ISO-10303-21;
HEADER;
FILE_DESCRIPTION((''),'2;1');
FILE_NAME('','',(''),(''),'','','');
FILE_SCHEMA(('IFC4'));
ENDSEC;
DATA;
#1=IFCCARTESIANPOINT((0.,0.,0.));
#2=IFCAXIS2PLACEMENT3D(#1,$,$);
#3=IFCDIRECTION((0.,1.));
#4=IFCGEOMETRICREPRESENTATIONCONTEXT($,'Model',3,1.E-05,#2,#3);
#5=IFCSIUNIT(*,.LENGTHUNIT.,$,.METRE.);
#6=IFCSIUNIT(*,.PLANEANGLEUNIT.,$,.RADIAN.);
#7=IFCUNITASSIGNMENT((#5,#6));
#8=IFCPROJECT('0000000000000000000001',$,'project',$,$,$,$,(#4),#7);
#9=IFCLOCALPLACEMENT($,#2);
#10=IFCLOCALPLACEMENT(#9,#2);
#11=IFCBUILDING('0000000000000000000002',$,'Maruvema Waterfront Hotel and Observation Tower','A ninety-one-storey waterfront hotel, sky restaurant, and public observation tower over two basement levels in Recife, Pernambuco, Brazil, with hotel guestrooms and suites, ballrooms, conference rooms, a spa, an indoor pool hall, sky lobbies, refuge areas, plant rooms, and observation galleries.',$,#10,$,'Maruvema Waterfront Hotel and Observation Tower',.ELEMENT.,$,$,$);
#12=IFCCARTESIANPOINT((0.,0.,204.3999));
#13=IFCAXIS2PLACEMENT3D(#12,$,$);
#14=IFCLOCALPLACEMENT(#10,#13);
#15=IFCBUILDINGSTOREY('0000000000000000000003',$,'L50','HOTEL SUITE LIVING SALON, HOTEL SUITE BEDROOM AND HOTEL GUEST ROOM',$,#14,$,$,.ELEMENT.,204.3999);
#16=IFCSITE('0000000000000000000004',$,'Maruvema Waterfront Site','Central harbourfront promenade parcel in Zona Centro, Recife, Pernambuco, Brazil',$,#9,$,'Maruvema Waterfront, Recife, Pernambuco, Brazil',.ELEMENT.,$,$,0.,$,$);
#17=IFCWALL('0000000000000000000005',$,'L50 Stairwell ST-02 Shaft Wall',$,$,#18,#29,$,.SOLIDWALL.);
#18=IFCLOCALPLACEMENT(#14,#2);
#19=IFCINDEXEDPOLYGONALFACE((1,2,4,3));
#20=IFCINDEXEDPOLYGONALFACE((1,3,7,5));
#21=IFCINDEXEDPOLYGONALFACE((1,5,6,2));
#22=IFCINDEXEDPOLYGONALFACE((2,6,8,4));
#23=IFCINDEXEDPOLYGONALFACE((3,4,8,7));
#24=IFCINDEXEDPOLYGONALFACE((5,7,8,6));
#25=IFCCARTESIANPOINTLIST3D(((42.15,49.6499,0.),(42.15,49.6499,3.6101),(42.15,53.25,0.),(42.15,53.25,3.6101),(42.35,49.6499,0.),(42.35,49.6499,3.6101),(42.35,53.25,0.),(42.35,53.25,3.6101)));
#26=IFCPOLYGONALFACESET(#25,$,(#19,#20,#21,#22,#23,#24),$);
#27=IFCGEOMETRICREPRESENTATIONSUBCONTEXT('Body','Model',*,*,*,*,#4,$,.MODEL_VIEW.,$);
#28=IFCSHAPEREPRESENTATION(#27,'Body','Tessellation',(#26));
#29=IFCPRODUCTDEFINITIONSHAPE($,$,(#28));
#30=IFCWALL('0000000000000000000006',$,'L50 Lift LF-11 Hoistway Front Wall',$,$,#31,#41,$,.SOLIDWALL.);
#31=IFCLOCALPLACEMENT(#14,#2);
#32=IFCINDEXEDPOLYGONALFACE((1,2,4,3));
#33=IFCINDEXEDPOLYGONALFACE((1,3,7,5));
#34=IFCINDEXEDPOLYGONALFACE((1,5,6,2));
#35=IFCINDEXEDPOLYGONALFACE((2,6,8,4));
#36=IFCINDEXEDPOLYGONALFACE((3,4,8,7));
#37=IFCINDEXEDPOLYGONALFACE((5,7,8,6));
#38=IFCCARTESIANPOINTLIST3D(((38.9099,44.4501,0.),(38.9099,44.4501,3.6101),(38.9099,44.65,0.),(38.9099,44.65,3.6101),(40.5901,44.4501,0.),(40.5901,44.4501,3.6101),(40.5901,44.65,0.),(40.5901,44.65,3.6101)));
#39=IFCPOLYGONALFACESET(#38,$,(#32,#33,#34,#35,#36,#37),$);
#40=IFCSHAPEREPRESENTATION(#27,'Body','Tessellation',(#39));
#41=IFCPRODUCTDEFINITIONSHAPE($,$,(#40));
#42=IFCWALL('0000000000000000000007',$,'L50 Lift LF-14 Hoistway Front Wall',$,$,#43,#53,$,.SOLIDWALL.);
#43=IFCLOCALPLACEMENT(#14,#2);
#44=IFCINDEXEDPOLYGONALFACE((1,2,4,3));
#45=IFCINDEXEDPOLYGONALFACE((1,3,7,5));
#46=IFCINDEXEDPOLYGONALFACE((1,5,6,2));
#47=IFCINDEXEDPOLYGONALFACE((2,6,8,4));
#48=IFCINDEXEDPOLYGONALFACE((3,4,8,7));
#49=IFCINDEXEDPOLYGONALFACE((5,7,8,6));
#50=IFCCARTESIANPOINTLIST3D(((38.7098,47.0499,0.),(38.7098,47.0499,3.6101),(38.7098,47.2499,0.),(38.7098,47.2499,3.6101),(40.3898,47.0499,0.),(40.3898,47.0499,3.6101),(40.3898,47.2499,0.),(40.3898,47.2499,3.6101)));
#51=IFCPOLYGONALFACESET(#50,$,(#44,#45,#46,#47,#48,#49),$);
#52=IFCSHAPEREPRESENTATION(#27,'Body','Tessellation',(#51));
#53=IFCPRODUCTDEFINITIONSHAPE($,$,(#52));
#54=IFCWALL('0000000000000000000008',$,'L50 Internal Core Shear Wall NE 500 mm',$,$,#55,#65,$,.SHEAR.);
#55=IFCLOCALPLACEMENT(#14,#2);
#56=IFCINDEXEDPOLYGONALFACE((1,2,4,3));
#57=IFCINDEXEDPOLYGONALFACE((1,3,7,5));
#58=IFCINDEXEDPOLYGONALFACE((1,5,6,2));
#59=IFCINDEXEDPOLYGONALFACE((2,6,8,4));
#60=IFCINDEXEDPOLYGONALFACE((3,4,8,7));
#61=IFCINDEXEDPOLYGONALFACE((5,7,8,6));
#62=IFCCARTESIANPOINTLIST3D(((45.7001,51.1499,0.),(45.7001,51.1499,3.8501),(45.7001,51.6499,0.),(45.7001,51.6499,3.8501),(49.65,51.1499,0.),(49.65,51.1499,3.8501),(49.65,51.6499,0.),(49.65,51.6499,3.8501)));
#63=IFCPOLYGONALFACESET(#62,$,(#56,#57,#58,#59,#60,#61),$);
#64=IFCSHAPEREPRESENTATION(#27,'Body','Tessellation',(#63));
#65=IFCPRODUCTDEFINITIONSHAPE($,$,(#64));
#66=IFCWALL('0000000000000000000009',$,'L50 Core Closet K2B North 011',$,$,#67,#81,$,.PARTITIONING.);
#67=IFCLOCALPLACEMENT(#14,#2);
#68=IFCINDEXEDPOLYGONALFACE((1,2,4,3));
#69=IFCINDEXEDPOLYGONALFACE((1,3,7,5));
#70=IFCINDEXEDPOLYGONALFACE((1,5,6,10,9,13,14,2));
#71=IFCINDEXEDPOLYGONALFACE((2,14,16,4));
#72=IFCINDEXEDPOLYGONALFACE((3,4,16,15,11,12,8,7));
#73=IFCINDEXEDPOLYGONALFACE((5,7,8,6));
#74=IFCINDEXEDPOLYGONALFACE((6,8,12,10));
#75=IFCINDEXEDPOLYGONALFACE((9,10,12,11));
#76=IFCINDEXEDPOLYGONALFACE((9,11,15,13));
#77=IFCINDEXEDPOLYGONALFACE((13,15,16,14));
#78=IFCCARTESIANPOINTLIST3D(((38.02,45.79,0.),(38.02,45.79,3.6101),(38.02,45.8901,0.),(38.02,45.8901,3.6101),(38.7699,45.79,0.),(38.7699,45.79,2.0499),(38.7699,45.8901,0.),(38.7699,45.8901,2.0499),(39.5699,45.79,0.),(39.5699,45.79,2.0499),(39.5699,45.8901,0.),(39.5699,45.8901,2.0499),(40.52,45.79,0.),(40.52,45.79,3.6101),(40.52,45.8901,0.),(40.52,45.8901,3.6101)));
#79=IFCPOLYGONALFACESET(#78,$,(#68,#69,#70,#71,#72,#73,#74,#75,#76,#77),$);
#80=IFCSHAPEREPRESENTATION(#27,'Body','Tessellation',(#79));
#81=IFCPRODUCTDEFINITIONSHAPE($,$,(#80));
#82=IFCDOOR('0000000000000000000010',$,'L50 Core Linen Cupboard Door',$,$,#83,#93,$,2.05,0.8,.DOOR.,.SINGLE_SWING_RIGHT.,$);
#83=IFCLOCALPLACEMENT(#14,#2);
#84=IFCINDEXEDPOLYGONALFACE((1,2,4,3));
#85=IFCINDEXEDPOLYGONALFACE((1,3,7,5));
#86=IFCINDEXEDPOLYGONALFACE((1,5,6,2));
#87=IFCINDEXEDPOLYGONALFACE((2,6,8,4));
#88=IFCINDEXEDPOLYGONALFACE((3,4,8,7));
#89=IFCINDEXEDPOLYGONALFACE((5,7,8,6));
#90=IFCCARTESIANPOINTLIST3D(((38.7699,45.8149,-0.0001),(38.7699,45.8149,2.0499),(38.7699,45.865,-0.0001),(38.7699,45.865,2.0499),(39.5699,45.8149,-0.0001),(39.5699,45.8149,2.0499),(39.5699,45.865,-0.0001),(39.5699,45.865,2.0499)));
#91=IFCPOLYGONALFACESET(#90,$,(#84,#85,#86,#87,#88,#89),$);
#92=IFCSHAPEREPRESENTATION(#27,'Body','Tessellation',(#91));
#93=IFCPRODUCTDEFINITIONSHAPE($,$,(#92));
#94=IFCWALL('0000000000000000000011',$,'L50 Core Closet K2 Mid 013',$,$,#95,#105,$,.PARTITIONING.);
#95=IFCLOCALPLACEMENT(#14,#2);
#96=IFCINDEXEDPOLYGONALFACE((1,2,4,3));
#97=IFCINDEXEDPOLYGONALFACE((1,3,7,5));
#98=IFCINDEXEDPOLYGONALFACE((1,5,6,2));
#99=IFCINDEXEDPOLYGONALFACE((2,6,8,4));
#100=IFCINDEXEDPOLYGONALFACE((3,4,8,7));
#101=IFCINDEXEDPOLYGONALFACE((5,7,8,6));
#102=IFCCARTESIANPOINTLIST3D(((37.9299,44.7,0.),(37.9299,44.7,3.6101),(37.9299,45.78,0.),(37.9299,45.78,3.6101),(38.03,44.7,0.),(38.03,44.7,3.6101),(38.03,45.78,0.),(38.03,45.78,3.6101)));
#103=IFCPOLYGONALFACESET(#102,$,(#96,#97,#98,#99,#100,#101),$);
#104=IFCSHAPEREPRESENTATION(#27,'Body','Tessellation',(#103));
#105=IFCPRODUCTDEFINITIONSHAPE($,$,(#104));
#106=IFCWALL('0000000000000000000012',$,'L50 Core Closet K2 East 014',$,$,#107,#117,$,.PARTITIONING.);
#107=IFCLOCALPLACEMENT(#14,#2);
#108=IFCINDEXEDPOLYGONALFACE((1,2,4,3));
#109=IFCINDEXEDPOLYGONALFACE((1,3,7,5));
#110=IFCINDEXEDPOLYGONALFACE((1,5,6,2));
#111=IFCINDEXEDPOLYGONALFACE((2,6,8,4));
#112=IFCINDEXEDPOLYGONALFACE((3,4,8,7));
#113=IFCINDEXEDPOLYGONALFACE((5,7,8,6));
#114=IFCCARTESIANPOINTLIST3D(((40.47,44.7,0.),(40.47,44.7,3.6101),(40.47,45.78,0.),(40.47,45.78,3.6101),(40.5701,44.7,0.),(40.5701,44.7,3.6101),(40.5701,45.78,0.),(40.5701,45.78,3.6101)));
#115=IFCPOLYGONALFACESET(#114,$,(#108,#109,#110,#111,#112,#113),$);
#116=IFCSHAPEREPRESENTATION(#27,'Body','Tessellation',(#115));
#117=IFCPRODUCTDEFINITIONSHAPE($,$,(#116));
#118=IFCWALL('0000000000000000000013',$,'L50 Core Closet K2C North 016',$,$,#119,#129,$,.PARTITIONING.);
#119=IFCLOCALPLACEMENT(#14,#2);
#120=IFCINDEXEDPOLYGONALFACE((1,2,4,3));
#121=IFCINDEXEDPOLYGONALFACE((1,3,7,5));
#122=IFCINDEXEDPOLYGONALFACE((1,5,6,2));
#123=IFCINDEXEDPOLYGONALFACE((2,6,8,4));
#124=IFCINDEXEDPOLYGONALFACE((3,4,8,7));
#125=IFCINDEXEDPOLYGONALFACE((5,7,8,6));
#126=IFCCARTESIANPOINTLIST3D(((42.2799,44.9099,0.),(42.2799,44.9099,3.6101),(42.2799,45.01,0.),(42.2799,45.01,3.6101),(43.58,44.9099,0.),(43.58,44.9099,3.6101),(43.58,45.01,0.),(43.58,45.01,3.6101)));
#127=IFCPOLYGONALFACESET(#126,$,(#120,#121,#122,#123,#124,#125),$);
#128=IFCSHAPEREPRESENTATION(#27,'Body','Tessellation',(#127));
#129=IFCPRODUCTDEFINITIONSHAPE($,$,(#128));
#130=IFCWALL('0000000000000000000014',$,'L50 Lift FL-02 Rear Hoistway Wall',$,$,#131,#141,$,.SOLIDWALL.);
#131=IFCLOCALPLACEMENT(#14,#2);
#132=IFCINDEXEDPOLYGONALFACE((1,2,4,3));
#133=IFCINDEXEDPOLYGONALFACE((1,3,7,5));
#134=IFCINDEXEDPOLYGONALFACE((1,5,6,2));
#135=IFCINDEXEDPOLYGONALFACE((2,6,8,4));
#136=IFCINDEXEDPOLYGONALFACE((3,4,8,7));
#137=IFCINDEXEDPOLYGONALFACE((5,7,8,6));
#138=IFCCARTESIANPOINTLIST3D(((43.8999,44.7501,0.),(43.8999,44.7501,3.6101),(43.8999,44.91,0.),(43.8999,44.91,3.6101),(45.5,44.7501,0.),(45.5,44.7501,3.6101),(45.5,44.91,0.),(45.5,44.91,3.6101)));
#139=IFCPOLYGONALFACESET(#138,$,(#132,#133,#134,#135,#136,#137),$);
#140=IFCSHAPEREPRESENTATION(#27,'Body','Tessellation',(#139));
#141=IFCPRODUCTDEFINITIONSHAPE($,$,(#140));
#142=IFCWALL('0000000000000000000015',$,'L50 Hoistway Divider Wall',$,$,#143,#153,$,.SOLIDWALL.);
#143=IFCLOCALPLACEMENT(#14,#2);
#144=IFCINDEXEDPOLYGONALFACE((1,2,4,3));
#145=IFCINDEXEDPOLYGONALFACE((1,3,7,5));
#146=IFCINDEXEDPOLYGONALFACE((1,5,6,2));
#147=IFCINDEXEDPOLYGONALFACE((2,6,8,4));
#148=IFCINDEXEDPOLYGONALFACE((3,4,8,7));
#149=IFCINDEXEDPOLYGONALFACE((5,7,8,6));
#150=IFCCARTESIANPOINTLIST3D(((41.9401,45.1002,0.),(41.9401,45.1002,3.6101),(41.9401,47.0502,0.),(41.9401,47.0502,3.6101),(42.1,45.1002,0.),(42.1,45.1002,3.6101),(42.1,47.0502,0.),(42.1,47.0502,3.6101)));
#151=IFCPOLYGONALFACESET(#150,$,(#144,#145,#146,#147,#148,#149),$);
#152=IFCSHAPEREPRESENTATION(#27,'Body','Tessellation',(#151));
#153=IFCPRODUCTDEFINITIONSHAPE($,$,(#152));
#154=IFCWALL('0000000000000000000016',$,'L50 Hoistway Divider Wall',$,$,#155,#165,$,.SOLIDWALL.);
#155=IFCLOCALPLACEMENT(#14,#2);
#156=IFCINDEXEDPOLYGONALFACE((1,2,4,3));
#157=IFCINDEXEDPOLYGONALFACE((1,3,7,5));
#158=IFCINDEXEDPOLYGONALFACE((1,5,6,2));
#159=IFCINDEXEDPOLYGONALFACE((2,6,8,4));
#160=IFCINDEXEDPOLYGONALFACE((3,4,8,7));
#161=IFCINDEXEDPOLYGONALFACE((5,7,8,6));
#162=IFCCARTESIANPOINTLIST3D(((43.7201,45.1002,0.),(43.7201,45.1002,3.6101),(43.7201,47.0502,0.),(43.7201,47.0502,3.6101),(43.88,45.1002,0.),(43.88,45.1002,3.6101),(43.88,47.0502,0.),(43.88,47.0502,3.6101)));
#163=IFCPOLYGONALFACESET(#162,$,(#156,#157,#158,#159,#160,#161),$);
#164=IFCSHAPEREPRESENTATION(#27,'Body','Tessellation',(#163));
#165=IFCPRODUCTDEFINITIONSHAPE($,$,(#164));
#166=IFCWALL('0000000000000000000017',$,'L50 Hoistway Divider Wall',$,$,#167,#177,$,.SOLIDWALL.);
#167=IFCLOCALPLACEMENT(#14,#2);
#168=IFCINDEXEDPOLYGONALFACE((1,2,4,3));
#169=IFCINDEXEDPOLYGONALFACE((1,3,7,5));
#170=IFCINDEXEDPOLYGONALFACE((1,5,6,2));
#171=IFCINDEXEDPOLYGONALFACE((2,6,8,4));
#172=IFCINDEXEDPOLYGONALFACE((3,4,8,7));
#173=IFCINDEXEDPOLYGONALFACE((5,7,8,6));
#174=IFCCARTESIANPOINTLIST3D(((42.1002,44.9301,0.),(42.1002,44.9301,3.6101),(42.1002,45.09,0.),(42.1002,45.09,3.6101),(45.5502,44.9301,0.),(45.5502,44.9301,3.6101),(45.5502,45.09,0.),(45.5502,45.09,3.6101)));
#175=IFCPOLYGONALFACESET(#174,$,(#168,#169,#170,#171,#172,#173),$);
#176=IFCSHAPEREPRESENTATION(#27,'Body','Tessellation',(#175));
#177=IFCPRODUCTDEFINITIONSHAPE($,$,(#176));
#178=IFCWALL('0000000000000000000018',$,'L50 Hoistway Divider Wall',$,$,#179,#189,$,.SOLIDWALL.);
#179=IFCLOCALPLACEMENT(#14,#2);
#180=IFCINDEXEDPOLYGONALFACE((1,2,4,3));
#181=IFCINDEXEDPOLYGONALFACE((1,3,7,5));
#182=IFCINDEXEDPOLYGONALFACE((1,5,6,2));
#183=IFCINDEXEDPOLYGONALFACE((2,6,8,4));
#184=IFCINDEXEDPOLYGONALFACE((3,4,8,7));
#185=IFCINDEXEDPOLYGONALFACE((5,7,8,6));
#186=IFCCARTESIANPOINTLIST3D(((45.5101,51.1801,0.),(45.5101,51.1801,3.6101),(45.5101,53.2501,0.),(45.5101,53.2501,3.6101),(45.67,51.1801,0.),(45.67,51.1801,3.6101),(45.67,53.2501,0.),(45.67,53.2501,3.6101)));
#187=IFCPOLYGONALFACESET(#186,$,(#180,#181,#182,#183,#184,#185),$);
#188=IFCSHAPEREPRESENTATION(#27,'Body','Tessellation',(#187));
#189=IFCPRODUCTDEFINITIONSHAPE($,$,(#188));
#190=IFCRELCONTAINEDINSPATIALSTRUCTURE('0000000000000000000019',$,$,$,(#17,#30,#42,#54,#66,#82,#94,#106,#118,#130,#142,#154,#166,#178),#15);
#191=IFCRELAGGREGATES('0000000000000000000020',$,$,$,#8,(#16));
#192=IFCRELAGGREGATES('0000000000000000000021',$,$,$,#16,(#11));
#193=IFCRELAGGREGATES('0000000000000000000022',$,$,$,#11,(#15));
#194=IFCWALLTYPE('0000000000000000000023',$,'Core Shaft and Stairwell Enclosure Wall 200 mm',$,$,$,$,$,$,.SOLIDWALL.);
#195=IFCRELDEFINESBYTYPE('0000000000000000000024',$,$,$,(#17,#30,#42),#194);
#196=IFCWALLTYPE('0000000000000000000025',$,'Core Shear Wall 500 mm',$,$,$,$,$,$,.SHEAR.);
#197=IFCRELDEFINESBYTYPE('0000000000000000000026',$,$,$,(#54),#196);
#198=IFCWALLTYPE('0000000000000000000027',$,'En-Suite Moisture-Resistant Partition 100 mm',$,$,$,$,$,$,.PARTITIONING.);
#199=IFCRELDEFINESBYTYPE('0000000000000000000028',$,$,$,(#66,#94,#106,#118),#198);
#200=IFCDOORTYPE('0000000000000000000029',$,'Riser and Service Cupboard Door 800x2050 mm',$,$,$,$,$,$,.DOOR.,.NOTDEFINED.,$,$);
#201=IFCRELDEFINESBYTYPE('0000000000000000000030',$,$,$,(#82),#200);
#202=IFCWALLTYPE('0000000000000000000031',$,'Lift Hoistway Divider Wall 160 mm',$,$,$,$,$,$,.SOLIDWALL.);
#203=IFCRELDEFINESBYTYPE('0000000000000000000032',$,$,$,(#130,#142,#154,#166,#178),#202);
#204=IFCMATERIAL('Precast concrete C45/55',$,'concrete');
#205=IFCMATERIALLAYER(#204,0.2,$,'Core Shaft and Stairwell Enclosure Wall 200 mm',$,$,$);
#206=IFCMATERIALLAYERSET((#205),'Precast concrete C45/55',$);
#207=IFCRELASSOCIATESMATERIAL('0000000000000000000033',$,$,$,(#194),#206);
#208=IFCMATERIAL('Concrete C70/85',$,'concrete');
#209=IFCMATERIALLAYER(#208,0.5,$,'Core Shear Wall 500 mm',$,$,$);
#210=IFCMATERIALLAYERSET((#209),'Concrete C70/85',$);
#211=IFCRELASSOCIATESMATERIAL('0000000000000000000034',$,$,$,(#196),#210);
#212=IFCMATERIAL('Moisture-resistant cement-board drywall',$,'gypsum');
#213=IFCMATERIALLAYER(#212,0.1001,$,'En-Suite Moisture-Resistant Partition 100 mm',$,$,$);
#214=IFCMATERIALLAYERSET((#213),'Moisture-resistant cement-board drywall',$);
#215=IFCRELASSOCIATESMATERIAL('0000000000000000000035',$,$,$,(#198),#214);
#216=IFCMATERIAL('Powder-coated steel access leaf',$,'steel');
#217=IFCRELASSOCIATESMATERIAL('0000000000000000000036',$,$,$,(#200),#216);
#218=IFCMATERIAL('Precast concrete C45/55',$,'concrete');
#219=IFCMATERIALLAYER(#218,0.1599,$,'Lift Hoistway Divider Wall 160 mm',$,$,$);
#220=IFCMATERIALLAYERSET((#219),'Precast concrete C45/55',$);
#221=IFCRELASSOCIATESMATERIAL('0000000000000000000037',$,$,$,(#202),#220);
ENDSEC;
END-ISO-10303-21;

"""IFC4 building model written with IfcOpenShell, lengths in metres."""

from ifc_helpers import new_model, si_unit, direction, frame, frame_2d, origin, place, context, subcontext, project, spatial, rectangle, extrude, material, layer, layer_set, type_object, element, fill, save


model = new_model("IFC4")

# Units and contexts
model_context = context("Model", 3, precision=1e-05, world=origin(), true_north=direction((0.0, 1.0)))
body_context = subcontext(model_context, "Body", "Model", "MODEL_VIEW")
ifc_project = project(units=[si_unit("LENGTHUNIT", "METRE"), si_unit("PLANEANGLEUNIT", "RADIAN")], contexts=[model_context])

# Site, building, storey
site_placement = place(None, origin())
site = spatial("IfcSite", under=ifc_project, at=site_placement, Name="Maruvema Waterfront Site", Description="Central harbourfront promenade parcel in Zona Centro, Recife, Pernambuco, Brazil", LongName="Maruvema Waterfront, Recife, Pernambuco, Brazil", CompositionType="ELEMENT", RefElevation=0.0)
building_placement = place(site_placement, origin())
building = spatial("IfcBuilding", under=site, at=building_placement, Name="Maruvema Waterfront Hotel and Observation Tower", Description="A ninety-one-storey waterfront hotel, sky restaurant, and public observation tower over two basement levels in Recife, Pernambuco, Brazil, with hotel guestrooms and suites, ballrooms, conference rooms, a spa, an indoor pool hall, sky lobbies, refuge areas, plant rooms, and observation galleries.", LongName="Maruvema Waterfront Hotel and Observation Tower", CompositionType="ELEMENT")
storey_placement = place(building_placement, frame((0.0, 0.0, 204.3999)))
storey = spatial("IfcBuildingStorey", under=building, at=storey_placement, Name="L50", Description="HOTEL SUITE LIVING SALON, HOTEL SUITE BEDROOM AND HOTEL GUEST ROOM", CompositionType="ELEMENT", Elevation=204.3999)

# Wall
ifc_material_1 = material(Name="Precast concrete C45/55", Category="concrete")
ifc_layer_1 = layer(ifc_material_1, 0.2, Name="Core Shaft and Stairwell Enclosure Wall 200 mm")
ifc_layer_set_1 = layer_set([ifc_layer_1], Name="Precast concrete C45/55")
wall_type_1 = type_object("IfcWallType", Name="Core Shaft and Stairwell Enclosure Wall 200 mm", PredefinedType="SOLIDWALL", material=ifc_layer_set_1)
wall_1_placement = place(storey_placement, frame((42.25, 49.6499, 0.0), z_axis=(0.0, 0.0, 1.0), x_axis=(0.0, 1.0, 0.0)))
element("IfcWall", 1, at=wall_1_placement, inside=storey, type_object=wall_type_1, Name="L50 Stairwell ST-02 Shaft Wall", PredefinedType="SOLIDWALL", context=body_context, shape_type="SweptSolid", body=[
    extrude(rectangle(XDim=3.6001, YDim=0.2, at=frame_2d((1.8, 0.0))), origin(), (0.0, 0.0, 1.0), 3.6101),
])

# Walls
wall_2_placement = place(storey_placement, frame((38.9099, 44.55, 0.0), z_axis=(0.0, 0.0, 1.0), x_axis=(1.0, 0.0, 0.0)))
element("IfcWall", 2, at=wall_2_placement, inside=storey, type_object=wall_type_1, Name="L50 Lift LF-11 Hoistway Front Wall", PredefinedType="SOLIDWALL", context=body_context, shape_type="SweptSolid", body=[
    extrude(rectangle(XDim=1.6802, YDim=0.2, at=frame_2d((0.8401, 0.0))), origin(), (0.0, 0.0, 1.0), 3.6101),
])
wall_3_placement = place(storey_placement, frame((38.71, 47.1499, 0.0), z_axis=(0.0, 0.0, 1.0), x_axis=(1.0, 0.0, 0.0)))
element("IfcWall", 3, at=wall_3_placement, inside=storey, type_object=wall_type_1, Name="L50 Lift LF-14 Hoistway Front Wall", PredefinedType="SOLIDWALL", context=body_context, shape_type="SweptSolid", body=[
    extrude(rectangle(XDim=1.6799, YDim=0.2, at=frame_2d((0.8398, 0.0))), origin(), (0.0, 0.0, 1.0), 3.6101),
])
ifc_material_2 = material(Name="Concrete C70/85", Category="concrete")
ifc_layer_2 = layer(ifc_material_2, 0.5, Name="Core Shear Wall 500 mm")
ifc_layer_set_2 = layer_set([ifc_layer_2], Name="Concrete C70/85")
wall_type_2 = type_object("IfcWallType", Name="Core Shear Wall 500 mm", PredefinedType="SHEAR", material=ifc_layer_set_2)
wall_4_placement = place(storey_placement, frame((45.7, 51.3999, 0.0), z_axis=(0.0, 0.0, 1.0), x_axis=(1.0, 0.0, 0.0)))
element("IfcWall", 4, at=wall_4_placement, inside=storey, type_object=wall_type_2, Name="L50 Internal Core Shear Wall NE 500 mm", PredefinedType="SHEAR", context=body_context, shape_type="SweptSolid", body=[
    extrude(rectangle(XDim=3.95, YDim=0.5, at=frame_2d((1.9751, 0.0))), origin(), (0.0, 0.0, 1.0), 3.8501),
])

# Wall, opening, door
ifc_material_3 = material(Name="Moisture-resistant cement-board drywall", Category="gypsum")
ifc_layer_3 = layer(ifc_material_3, 0.1001, Name="En-Suite Moisture-Resistant Partition 100 mm")
ifc_layer_set_3 = layer_set([ifc_layer_3], Name="Moisture-resistant cement-board drywall")
wall_type_3 = type_object("IfcWallType", Name="En-Suite Moisture-Resistant Partition 100 mm", PredefinedType="PARTITIONING", material=ifc_layer_set_3)
wall_5_placement = place(storey_placement, frame((38.02, 45.8401, 0.0), z_axis=(0.0, 0.0, 1.0), x_axis=(1.0, 0.0, 0.0)))
wall_5 = element("IfcWall", 5, at=wall_5_placement, inside=storey, type_object=wall_type_3, Name="L50 Core Closet K2B North 011", PredefinedType="PARTITIONING", context=body_context, shape_type="SweptSolid", body=[
    extrude(rectangle(XDim=2.5, YDim=0.1001, at=frame_2d((1.25, 0.0))), origin(), (0.0, 0.0, 1.0), 3.6101),
])
opening_1_placement = place(wall_5_placement, frame((0.75, 0.0, 0.0)))
opening_1 = element("IfcOpeningElement", 6, at=opening_1_placement, cuts=wall_5, PredefinedType="OPENING", context=body_context, shape_type="SweptSolid", body=[
    extrude(rectangle(XDim=0.8, YDim=2.05, at=frame_2d((0.3999, 1.0249))), frame((0.0, 0.0601, 0.0), z_axis=(0.0, -1.0, 0.0), x_axis=(1.0, 0.0, 0.0)), (0.0, 0.0, 1.0), 0.1201),
])
ifc_material_4 = material(Name="Powder-coated steel access leaf", Category="steel")
door_type_1 = type_object("IfcDoorType", Name="Riser and Service Cupboard Door 800x2050 mm", OperationType="NOTDEFINED", PredefinedType="DOOR", material=ifc_material_4)
door_1_placement = place(opening_1_placement, origin())
door_1 = element("IfcDoor", 7, at=door_1_placement, inside=storey, type_object=door_type_1, Name="L50 Core Linen Cupboard Door", OperationType="SINGLE_SWING_RIGHT", OverallHeight=2.05, OverallWidth=0.8, PredefinedType="DOOR", context=body_context, shape_type="SweptSolid", body=[
    extrude(rectangle(XDim=0.8, YDim=2.05, at=frame_2d((0.3999, 1.0249))), frame((0.0, 0.0249, 0.0), z_axis=(0.0, -1.0, 0.0), x_axis=(1.0, 0.0, 0.0)), (0.0, 0.0, 1.0), 0.05),
])
fill(opening_1, door_1)

# Walls
for number, where, z_axis, x_axis, name in (
    (8, (37.98, 44.7, 0.0), (0.0, 0.0, 1.0), (0.0, 1.0, 0.0), "L50 Core Closet K2 Mid 013"),
    (9, (40.52, 44.7, 0.0), (0.0, 0.0, 1.0), (0.0, 1.0, 0.0), "L50 Core Closet K2 East 014"),
):
    element("IfcWall", number, at=place(storey_placement, frame(where, z_axis=z_axis, x_axis=x_axis)), inside=storey, type_object=wall_type_3, Name=name, PredefinedType="PARTITIONING", context=body_context, shape_type="SweptSolid", body=[
        extrude(rectangle(XDim=1.0801, YDim=0.1001, at=frame_2d((0.54, 0.0))), origin(), (0.0, 0.0, 1.0), 3.6101),
    ])
wall_6_placement = place(storey_placement, frame((42.28, 44.96, 0.0), z_axis=(0.0, 0.0, 1.0), x_axis=(1.0, 0.0, 0.0)))
element("IfcWall", 10, at=wall_6_placement, inside=storey, type_object=wall_type_3, Name="L50 Core Closet K2C North 016", PredefinedType="PARTITIONING", context=body_context, shape_type="SweptSolid", body=[
    extrude(rectangle(XDim=1.3, YDim=0.1001, at=frame_2d((0.6499, 0.0))), origin(), (0.0, 0.0, 1.0), 3.6101),
])
ifc_material_5 = material(Name="Precast concrete C45/55", Category="concrete")
ifc_layer_4 = layer(ifc_material_5, 0.1599, Name="Lift Hoistway Divider Wall 160 mm")
ifc_layer_set_4 = layer_set([ifc_layer_4], Name="Precast concrete C45/55")
wall_type_4 = type_object("IfcWallType", Name="Lift Hoistway Divider Wall 160 mm", PredefinedType="SOLIDWALL", material=ifc_layer_set_4)
wall_7_placement = place(storey_placement, frame((43.8999, 44.8301, 0.0), z_axis=(0.0, 0.0, 1.0), x_axis=(1.0, 0.0, 0.0)))
element("IfcWall", 11, at=wall_7_placement, inside=storey, type_object=wall_type_4, Name="L50 Lift FL-02 Rear Hoistway Wall", PredefinedType="SOLIDWALL", context=body_context, shape_type="SweptSolid", body=[
    extrude(rectangle(XDim=1.6001, YDim=0.1599, at=frame_2d((0.8, 0.0))), origin(), (0.0, 0.0, 1.0), 3.6101),
])
for number, where, z_axis, x_axis, name in (
    (12, (42.02, 45.1001, 0.0), (0.0, 0.0, 1.0), (0.0, 1.0, 0.0), "L50 Hoistway Divider Wall"),
    (13, (43.8, 45.1001, 0.0), (0.0, 0.0, 1.0), (0.0, 1.0, 0.0), "L50 Hoistway Divider Wall"),
):
    element("IfcWall", number, at=place(storey_placement, frame(where, z_axis=z_axis, x_axis=x_axis)), inside=storey, type_object=wall_type_4, Name=name, PredefinedType="SOLIDWALL", context=body_context, shape_type="SweptSolid", body=[
        extrude(rectangle(XDim=1.95, YDim=0.1599, at=frame_2d((0.9751, 0.0))), origin(), (0.0, 0.0, 1.0), 3.6101),
    ])
wall_8_placement = place(storey_placement, frame((42.1001, 45.01, 0.0), z_axis=(0.0, 0.0, 1.0), x_axis=(1.0, 0.0, 0.0)))
element("IfcWall", 14, at=wall_8_placement, inside=storey, type_object=wall_type_4, Name="L50 Hoistway Divider Wall", PredefinedType="SOLIDWALL", context=body_context, shape_type="SweptSolid", body=[
    extrude(rectangle(XDim=3.45, YDim=0.1599, at=frame_2d((1.7251, 0.0))), origin(), (0.0, 0.0, 1.0), 3.6101),
])
wall_9_placement = place(storey_placement, frame((45.5901, 51.1799, 0.0), z_axis=(0.0, 0.0, 1.0), x_axis=(0.0, 1.0, 0.0)))
element("IfcWall", 15, at=wall_9_placement, inside=storey, type_object=wall_type_4, Name="L50 Hoistway Divider Wall", PredefinedType="SOLIDWALL", context=body_context, shape_type="SweptSolid", body=[
    extrude(rectangle(XDim=2.0701, YDim=0.1599, at=frame_2d((1.0352, 0.0))), origin(), (0.0, 0.0, 1.0), 3.6101),
])

save(model, "model.ifc")
